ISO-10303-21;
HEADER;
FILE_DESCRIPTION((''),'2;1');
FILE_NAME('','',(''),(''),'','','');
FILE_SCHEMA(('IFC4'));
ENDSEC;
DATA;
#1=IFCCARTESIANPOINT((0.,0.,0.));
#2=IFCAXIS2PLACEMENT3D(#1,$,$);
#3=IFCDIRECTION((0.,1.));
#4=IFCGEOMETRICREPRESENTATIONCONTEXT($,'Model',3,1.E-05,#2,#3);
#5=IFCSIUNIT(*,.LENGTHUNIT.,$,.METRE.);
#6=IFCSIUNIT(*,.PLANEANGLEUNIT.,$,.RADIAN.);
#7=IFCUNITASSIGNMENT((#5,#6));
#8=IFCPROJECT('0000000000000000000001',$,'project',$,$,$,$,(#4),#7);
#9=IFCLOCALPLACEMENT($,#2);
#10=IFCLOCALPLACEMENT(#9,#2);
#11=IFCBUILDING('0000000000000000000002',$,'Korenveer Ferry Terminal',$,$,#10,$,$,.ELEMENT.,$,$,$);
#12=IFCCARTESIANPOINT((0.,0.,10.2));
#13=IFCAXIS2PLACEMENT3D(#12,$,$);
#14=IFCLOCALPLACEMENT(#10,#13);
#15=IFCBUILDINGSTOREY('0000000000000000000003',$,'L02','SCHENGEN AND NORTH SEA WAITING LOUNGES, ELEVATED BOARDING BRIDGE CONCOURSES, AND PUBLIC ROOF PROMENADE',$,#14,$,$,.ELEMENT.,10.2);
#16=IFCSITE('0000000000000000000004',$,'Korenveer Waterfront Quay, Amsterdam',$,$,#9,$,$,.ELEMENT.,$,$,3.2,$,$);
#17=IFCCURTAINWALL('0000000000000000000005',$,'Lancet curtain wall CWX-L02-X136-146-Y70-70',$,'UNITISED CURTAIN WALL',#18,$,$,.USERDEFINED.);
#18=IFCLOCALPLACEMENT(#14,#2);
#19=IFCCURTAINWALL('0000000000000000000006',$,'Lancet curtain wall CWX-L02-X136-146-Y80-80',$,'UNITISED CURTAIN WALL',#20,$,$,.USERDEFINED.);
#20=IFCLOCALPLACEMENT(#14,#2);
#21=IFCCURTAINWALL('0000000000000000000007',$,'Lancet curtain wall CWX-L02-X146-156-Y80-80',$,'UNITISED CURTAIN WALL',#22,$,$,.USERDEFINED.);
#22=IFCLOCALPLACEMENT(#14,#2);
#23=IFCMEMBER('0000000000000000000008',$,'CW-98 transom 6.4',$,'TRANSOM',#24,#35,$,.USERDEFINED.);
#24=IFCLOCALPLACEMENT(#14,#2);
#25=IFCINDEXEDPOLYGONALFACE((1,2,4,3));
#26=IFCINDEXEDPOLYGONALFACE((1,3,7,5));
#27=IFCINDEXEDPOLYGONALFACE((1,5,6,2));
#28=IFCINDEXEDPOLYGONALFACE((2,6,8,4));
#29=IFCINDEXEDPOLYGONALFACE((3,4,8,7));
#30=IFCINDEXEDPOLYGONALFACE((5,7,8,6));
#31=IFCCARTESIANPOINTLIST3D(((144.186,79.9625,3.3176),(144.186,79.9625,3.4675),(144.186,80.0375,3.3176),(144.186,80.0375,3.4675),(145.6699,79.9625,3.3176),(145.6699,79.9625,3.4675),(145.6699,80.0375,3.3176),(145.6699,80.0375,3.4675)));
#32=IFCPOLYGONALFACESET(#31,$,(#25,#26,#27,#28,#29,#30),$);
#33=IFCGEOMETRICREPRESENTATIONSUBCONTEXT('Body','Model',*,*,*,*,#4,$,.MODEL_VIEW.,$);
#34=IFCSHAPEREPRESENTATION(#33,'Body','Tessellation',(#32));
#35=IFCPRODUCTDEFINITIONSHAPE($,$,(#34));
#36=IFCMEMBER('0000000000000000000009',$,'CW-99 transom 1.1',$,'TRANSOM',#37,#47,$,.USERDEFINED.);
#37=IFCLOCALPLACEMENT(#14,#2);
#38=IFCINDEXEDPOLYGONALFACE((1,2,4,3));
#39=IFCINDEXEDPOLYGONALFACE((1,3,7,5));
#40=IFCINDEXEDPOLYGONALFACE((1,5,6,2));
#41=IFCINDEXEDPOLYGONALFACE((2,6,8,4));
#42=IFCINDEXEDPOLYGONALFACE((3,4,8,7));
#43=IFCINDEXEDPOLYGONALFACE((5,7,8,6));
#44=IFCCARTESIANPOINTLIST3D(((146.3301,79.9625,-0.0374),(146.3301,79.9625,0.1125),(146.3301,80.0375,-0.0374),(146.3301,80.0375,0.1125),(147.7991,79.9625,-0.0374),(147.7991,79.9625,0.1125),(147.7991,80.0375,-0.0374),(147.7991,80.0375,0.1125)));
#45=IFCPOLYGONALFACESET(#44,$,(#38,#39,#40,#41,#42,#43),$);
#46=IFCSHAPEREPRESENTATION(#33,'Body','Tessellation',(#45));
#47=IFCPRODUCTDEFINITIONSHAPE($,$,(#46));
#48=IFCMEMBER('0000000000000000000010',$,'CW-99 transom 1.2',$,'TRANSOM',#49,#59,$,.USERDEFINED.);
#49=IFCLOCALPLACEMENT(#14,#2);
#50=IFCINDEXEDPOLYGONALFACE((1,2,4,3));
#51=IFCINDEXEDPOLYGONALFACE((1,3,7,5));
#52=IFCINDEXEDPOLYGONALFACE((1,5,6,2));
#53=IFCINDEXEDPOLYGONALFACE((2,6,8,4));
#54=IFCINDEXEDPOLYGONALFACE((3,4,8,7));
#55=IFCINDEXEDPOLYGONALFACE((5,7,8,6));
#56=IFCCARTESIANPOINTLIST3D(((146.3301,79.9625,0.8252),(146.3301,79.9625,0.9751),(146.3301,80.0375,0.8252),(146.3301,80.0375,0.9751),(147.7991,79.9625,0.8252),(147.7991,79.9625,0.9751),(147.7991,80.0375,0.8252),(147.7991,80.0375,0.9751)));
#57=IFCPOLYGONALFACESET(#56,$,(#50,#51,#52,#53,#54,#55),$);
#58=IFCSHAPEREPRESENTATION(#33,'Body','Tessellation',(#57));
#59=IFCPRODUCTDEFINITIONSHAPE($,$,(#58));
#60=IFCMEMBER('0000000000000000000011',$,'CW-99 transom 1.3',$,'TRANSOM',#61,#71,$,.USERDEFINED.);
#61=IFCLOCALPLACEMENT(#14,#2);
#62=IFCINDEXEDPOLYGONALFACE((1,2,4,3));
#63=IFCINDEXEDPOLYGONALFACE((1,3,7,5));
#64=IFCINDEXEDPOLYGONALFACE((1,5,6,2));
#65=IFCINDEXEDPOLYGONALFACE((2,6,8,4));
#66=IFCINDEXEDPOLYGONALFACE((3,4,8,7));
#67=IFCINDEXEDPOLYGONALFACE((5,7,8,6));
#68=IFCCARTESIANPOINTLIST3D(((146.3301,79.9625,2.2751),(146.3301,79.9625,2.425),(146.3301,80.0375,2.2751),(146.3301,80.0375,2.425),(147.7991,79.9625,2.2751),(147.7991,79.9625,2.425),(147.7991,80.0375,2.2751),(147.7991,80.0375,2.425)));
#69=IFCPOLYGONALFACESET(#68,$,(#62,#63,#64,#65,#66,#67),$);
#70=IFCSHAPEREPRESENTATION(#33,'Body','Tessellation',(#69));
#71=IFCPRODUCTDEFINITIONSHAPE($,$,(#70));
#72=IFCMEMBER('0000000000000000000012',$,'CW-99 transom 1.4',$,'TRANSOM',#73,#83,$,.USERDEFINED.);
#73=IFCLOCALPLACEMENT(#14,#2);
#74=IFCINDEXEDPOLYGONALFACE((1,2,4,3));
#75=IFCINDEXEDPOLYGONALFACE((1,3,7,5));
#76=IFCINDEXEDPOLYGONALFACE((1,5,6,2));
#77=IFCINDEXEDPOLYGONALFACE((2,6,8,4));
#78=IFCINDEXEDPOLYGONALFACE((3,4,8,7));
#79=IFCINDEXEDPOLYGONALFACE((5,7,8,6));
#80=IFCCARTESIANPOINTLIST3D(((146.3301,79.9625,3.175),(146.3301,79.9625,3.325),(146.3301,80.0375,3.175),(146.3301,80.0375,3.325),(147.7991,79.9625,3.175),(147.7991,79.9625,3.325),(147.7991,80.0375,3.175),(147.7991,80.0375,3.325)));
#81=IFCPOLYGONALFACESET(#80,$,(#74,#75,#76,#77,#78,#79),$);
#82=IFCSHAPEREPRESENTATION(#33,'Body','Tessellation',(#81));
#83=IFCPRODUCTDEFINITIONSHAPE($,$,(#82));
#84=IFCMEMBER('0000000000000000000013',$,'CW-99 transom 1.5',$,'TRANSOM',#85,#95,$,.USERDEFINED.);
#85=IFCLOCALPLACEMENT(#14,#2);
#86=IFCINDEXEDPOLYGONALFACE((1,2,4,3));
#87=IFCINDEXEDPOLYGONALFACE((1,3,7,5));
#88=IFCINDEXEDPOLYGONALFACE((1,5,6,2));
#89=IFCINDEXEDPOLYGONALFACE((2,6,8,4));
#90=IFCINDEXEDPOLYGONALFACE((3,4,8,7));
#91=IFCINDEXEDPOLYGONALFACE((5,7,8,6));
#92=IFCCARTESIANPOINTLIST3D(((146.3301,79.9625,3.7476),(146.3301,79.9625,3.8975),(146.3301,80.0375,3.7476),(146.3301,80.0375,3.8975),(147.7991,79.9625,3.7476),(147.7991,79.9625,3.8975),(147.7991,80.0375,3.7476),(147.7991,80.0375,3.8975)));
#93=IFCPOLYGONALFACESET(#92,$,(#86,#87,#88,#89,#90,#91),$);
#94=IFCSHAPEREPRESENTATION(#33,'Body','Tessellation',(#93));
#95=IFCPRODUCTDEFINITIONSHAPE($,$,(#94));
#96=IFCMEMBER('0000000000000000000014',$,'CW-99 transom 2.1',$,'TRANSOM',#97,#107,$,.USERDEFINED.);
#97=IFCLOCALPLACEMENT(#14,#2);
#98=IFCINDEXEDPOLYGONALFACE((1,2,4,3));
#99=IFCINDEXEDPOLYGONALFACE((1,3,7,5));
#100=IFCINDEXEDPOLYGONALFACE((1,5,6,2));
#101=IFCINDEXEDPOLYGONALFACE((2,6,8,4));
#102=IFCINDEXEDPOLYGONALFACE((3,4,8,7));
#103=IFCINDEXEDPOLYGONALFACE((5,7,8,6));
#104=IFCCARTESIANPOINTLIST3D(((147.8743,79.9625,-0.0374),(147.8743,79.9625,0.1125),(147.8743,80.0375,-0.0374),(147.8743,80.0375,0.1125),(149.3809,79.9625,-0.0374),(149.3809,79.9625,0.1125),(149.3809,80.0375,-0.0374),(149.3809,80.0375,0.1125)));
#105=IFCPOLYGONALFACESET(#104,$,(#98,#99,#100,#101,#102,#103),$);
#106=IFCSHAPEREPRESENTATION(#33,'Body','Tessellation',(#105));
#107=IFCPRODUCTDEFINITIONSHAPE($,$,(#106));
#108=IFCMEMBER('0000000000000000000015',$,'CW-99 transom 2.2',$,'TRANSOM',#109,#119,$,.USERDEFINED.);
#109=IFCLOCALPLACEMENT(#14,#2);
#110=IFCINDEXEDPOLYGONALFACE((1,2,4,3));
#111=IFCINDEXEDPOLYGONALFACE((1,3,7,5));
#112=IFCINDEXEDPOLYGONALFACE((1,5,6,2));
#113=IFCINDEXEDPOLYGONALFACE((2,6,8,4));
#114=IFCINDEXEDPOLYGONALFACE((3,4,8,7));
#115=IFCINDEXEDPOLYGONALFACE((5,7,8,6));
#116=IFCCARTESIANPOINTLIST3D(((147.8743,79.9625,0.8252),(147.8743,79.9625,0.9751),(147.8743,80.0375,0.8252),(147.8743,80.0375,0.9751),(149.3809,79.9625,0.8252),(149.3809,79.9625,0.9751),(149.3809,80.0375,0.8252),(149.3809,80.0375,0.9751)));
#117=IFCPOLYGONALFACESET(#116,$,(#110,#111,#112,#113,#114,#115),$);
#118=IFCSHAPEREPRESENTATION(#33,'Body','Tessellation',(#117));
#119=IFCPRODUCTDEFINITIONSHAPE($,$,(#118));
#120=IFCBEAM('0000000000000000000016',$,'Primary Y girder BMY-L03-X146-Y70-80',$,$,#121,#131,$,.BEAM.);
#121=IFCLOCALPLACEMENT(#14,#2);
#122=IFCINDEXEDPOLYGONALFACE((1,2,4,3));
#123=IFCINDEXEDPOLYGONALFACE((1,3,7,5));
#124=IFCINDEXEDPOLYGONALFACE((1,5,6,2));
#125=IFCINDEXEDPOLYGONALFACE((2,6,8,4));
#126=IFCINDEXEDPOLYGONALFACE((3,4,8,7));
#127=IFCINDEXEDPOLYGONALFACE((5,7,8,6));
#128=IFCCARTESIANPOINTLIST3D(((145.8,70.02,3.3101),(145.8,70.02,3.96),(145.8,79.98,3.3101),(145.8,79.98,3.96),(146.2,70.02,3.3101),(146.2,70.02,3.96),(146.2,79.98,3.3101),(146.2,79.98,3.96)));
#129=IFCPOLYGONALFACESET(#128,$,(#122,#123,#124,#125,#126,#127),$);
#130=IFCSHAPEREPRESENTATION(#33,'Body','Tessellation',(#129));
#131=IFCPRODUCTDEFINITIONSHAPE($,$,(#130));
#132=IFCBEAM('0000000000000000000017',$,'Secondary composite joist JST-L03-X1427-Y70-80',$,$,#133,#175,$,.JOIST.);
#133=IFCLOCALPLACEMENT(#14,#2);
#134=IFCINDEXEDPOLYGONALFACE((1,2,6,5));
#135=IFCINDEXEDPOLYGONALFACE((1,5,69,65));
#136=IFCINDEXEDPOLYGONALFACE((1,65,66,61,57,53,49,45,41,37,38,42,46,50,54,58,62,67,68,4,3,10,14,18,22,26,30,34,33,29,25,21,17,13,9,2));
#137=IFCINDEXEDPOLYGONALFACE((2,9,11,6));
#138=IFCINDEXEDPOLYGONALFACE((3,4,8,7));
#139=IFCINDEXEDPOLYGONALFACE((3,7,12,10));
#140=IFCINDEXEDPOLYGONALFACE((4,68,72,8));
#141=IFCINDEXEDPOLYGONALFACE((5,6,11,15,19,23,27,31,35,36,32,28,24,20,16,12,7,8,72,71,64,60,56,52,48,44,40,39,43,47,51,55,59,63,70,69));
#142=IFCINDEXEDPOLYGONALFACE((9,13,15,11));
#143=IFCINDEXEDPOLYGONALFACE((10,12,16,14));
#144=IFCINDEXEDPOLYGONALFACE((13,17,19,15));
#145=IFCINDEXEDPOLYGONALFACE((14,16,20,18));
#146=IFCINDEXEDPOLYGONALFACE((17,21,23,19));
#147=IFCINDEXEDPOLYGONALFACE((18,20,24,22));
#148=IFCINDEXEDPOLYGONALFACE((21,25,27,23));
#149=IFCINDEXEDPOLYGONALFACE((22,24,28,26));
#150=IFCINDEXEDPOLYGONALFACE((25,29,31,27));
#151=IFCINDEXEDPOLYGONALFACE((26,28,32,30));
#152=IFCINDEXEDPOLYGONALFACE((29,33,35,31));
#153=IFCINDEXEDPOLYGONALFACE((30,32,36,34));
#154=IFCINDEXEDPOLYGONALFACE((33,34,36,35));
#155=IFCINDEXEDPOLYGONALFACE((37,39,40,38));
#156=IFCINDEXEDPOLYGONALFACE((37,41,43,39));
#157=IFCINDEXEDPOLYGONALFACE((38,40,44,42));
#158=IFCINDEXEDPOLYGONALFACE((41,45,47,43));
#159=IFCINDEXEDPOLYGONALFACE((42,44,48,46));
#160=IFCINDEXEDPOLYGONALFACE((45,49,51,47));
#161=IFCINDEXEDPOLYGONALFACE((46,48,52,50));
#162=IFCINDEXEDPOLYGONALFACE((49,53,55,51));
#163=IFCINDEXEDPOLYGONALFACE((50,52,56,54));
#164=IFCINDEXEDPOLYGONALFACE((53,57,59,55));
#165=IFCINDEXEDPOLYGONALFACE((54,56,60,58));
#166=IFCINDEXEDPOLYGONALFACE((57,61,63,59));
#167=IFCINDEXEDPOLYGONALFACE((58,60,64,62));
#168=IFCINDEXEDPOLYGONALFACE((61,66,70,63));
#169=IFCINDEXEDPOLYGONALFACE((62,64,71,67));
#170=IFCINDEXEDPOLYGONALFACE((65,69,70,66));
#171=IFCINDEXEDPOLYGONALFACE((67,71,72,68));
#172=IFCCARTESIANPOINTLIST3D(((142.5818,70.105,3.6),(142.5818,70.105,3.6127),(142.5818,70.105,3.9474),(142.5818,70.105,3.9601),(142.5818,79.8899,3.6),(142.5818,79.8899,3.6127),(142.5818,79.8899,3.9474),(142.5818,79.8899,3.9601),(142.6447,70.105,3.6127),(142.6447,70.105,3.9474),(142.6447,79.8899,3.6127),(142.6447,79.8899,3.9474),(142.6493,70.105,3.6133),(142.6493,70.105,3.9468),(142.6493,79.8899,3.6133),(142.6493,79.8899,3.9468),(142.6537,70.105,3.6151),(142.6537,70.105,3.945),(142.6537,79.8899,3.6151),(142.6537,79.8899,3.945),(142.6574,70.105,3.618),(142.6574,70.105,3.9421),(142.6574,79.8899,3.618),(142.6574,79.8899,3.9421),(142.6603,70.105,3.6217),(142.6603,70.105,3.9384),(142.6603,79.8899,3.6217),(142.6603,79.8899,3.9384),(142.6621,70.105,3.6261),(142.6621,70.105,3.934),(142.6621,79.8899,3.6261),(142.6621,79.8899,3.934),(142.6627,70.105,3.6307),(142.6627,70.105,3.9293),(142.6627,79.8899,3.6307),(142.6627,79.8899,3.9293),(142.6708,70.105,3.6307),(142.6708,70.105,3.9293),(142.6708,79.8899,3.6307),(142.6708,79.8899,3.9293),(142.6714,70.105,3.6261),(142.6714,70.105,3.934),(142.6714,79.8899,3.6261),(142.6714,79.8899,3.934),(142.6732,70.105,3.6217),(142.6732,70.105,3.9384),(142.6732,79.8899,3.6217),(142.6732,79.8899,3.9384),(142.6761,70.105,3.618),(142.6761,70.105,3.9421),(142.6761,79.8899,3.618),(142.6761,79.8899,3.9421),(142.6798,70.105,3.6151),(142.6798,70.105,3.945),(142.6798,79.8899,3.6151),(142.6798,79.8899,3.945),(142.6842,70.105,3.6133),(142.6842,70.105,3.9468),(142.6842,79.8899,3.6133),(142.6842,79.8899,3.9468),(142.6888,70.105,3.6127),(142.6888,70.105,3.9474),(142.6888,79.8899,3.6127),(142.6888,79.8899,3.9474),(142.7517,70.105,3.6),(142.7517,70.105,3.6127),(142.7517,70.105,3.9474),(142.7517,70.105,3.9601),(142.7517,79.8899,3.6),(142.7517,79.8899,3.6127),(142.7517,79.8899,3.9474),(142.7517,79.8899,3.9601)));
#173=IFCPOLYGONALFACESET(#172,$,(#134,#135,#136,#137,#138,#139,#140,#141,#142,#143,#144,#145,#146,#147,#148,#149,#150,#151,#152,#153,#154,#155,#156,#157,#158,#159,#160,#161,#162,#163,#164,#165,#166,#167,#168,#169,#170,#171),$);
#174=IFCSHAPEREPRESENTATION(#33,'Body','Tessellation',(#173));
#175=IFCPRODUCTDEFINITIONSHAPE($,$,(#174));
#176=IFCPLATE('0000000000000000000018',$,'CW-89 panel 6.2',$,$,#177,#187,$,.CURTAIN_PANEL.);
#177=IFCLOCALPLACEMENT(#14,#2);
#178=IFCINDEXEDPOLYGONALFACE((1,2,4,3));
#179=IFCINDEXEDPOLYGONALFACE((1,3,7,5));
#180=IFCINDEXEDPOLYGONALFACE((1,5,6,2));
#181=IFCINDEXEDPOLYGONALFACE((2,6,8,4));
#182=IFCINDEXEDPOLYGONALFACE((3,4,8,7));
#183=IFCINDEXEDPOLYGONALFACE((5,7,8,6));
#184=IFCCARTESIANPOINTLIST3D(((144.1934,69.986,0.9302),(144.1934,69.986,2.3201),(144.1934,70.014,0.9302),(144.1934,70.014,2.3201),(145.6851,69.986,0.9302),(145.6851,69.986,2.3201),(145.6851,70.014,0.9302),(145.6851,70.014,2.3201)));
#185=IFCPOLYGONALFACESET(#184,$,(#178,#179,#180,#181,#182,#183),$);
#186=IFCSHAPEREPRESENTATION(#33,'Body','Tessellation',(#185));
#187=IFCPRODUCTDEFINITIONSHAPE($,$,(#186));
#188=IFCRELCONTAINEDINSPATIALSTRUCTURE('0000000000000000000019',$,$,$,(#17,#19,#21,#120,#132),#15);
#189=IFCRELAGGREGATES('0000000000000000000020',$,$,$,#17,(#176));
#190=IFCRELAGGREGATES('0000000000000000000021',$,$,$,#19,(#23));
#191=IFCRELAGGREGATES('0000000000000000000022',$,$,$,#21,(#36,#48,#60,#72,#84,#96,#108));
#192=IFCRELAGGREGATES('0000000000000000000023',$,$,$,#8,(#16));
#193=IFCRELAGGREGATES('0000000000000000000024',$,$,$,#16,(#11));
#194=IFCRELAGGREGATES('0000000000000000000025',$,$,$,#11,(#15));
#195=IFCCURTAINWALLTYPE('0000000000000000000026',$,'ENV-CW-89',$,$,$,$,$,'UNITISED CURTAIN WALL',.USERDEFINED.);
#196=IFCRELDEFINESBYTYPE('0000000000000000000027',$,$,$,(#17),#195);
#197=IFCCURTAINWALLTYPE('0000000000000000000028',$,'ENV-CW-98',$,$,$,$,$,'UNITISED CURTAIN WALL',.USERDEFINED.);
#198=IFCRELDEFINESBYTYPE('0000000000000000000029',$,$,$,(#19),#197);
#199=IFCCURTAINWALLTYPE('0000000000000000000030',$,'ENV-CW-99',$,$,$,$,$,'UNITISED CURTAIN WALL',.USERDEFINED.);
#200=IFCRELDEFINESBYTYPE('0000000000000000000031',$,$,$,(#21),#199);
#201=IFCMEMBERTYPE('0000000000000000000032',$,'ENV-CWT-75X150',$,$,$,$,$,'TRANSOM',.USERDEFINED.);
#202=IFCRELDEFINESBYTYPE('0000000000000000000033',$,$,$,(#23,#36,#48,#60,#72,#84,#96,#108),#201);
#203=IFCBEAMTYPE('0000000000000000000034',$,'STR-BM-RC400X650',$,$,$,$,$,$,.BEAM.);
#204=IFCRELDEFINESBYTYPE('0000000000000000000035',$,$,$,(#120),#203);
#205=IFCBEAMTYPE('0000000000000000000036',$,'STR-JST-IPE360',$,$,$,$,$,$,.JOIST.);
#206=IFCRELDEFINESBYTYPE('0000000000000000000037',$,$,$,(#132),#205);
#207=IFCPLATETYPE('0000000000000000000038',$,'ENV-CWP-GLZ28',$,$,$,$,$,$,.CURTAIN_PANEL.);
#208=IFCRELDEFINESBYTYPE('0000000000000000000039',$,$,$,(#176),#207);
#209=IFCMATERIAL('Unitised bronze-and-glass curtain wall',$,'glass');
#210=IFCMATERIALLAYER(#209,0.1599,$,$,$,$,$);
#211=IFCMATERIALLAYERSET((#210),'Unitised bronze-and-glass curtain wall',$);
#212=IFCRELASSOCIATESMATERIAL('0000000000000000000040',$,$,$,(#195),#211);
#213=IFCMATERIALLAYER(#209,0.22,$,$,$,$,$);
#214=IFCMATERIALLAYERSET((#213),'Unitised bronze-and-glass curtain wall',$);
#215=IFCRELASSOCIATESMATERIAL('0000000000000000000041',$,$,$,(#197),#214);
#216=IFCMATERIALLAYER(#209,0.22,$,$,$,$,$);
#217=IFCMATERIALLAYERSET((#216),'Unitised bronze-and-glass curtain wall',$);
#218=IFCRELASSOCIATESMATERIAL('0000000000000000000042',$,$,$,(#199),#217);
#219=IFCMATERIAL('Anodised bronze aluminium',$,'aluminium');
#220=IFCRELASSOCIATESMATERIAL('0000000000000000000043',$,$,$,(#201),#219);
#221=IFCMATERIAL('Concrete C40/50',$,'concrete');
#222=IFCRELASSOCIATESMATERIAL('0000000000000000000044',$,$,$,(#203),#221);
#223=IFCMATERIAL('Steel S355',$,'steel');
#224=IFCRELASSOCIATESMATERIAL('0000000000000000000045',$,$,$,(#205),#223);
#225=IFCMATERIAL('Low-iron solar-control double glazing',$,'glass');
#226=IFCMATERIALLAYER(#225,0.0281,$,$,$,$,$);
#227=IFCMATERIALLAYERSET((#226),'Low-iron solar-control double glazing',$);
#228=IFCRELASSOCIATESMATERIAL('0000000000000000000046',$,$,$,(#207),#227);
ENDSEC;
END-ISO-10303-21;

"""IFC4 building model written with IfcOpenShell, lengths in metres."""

from ifc_helpers import new_model, si_unit, direction, frame, origin, origin_2d, place, context, subcontext, project, spatial, rectangle, i_section, extrude, material, layer, layer_set, material_profile, profile_set, type_object, element, aggregate, save


model = new_model("IFC4")

# Units and contexts
model_context = context("Model", 3, precision=1e-05, world=origin(), true_north=direction((0.0, 1.0)))
body_context = subcontext(model_context, "Body", "Model", "MODEL_VIEW")
ifc_project = project(units=[si_unit("LENGTHUNIT", "METRE"), si_unit("PLANEANGLEUNIT", "RADIAN")], contexts=[model_context])

# Site, building, storey
site_placement = place(None, origin())
site = spatial("IfcSite", under=ifc_project, at=site_placement, Name="Korenveer Waterfront Quay, Amsterdam", CompositionType="ELEMENT", RefElevation=3.2)
building_placement = place(site_placement, origin())
building = spatial("IfcBuilding", under=site, at=building_placement, Name="Korenveer Ferry Terminal", CompositionType="ELEMENT")
storey_placement = place(building_placement, frame((0.0, 0.0, 10.2)))
storey = spatial("IfcBuildingStorey", under=building, at=storey_placement, Name="L02", Description="SCHENGEN AND NORTH SEA WAITING LOUNGES, ELEVATED BOARDING BRIDGE CONCOURSES, AND PUBLIC ROOF PROMENADE", CompositionType="ELEMENT", Elevation=10.2)

# Curtain wall
ifc_material_1 = material(Name="Unitised bronze-and-glass curtain wall", Category="glass")
ifc_layer_1 = layer(ifc_material_1, 0.1599)
ifc_layer_set_1 = layer_set([ifc_layer_1], Name="Unitised bronze-and-glass curtain wall")
curtain_wall_type_1 = type_object("IfcCurtainWallType", Name="ENV-CW-89", ElementType="UNITISED CURTAIN WALL", PredefinedType="USERDEFINED", material=ifc_layer_set_1)
curtain_wall_1_placement = place(storey_placement, frame((136.2549, 70.0, 0.0)))
curtain_wall_1 = element("IfcCurtainWall", 1, at=curtain_wall_1_placement, inside=storey, type_object=curtain_wall_type_1, Name="Lancet curtain wall CWX-L02-X136-146-Y70-70", ObjectType="UNITISED CURTAIN WALL", PredefinedType="USERDEFINED")
ifc_material_2 = material(Name="Anodised bronze aluminium", Category="aluminium")

# Curtain walls
ifc_layer_2 = layer(ifc_material_1, 0.22)
ifc_layer_set_2 = layer_set([ifc_layer_2], Name="Unitised bronze-and-glass curtain wall")
curtain_wall_type_2 = type_object("IfcCurtainWallType", Name="ENV-CW-98", ElementType="UNITISED CURTAIN WALL", PredefinedType="USERDEFINED", material=ifc_layer_set_2)
curtain_wall_2_placement = place(storey_placement, frame((136.1665, 80.0, 0.0)))
curtain_wall_2 = element("IfcCurtainWall", 2, at=curtain_wall_2_placement, inside=storey, type_object=curtain_wall_type_2, Name="Lancet curtain wall CWX-L02-X136-146-Y80-80", ObjectType="UNITISED CURTAIN WALL", PredefinedType="USERDEFINED")
ifc_layer_3 = layer(ifc_material_1, 0.22)
ifc_layer_set_3 = layer_set([ifc_layer_3], Name="Unitised bronze-and-glass curtain wall")
curtain_wall_type_3 = type_object("IfcCurtainWallType", Name="ENV-CW-99", ElementType="UNITISED CURTAIN WALL", PredefinedType="USERDEFINED", material=ifc_layer_set_3)
curtain_wall_3_placement = place(storey_placement, frame((146.2549, 80.0, 0.0)))
curtain_wall_3 = element("IfcCurtainWall", 3, at=curtain_wall_3_placement, inside=storey, type_object=curtain_wall_type_3, Name="Lancet curtain wall CWX-L02-X146-156-Y80-80", ObjectType="UNITISED CURTAIN WALL", PredefinedType="USERDEFINED")

# Members
ifc_material_profile_1 = material_profile(ifc_material_2, rectangle(XDim=0.075, YDim=0.1499, at=origin_2d()), Name="ALU 75x150")
ifc_profile_set_1 = profile_set([ifc_material_profile_1], Name="Anodised bronze aluminium")
member_type_1 = type_object("IfcMemberType", Name="ENV-CWT-75X150", ElementType="TRANSOM", PredefinedType="USERDEFINED", material=ifc_profile_set_1)
member_1_placement = place(storey_placement, frame((144.186, 80.0, 3.3926), z_axis=(1.0, 0.0, 0.0), x_axis=(0.0, 1.0, 0.0)))
member_1 = element("IfcMember", 4, at=member_1_placement, type_object=member_type_1, Name="CW-98 transom 6.4", ObjectType="TRANSOM", PredefinedType="USERDEFINED", context=body_context, shape_type="SweptSolid", body=[
    extrude(rectangle(XDim=0.075, YDim=0.1499, at=origin_2d()), origin(), (0.0, 0.0, 1.0), 1.4839),
])
member_2_placement = place(storey_placement, frame((146.3301, 80.0, 0.0376), z_axis=(1.0, 0.0, 0.0), x_axis=(0.0, 1.0, 0.0)))
member_2 = element("IfcMember", 5, at=member_2_placement, type_object=member_type_1, Name="CW-99 transom 1.1", ObjectType="TRANSOM", PredefinedType="USERDEFINED", context=body_context, shape_type="SweptSolid", body=[
    extrude(rectangle(XDim=0.075, YDim=0.1499, at=origin_2d()), origin(), (0.0, 0.0, 1.0), 1.469),
])
member_3_placement = place(storey_placement, frame((146.3301, 80.0, 0.9001), z_axis=(1.0, 0.0, 0.0), x_axis=(0.0, 1.0, 0.0)))
member_3 = element("IfcMember", 6, at=member_3_placement, type_object=member_type_1, Name="CW-99 transom 1.2", ObjectType="TRANSOM", PredefinedType="USERDEFINED", context=body_context, shape_type="SweptSolid", body=[
    extrude(rectangle(XDim=0.075, YDim=0.1499, at=origin_2d()), origin(), (0.0, 0.0, 1.0), 1.469),
])
member_4_placement = place(storey_placement, frame((146.3301, 80.0, 2.3501), z_axis=(1.0, 0.0, 0.0), x_axis=(0.0, 1.0, 0.0)))
member_4 = element("IfcMember", 7, at=member_4_placement, type_object=member_type_1, Name="CW-99 transom 1.3", ObjectType="TRANSOM", PredefinedType="USERDEFINED", context=body_context, shape_type="SweptSolid", body=[
    extrude(rectangle(XDim=0.075, YDim=0.1499, at=origin_2d()), origin(), (0.0, 0.0, 1.0), 1.469),
])
member_5_placement = place(storey_placement, frame((146.3301, 80.0, 3.25), z_axis=(1.0, 0.0, 0.0), x_axis=(0.0, 1.0, 0.0)))
member_5 = element("IfcMember", 8, at=member_5_placement, type_object=member_type_1, Name="CW-99 transom 1.4", ObjectType="TRANSOM", PredefinedType="USERDEFINED", context=body_context, shape_type="SweptSolid", body=[
    extrude(rectangle(XDim=0.075, YDim=0.1499, at=origin_2d()), origin(), (0.0, 0.0, 1.0), 1.469),
])
member_6_placement = place(storey_placement, frame((146.3301, 80.0, 3.8225), z_axis=(1.0, 0.0, 0.0), x_axis=(0.0, 1.0, 0.0)))
member_6 = element("IfcMember", 9, at=member_6_placement, type_object=member_type_1, Name="CW-99 transom 1.5", ObjectType="TRANSOM", PredefinedType="USERDEFINED", context=body_context, shape_type="SweptSolid", body=[
    extrude(rectangle(XDim=0.075, YDim=0.1499, at=origin_2d()), origin(), (0.0, 0.0, 1.0), 1.469),
])
member_7_placement = place(storey_placement, frame((147.8743, 80.0, 0.0376), z_axis=(1.0, 0.0, 0.0), x_axis=(0.0, 1.0, 0.0)))
member_7 = element("IfcMember", 10, at=member_7_placement, type_object=member_type_1, Name="CW-99 transom 2.1", ObjectType="TRANSOM", PredefinedType="USERDEFINED", context=body_context, shape_type="SweptSolid", body=[
    extrude(rectangle(XDim=0.075, YDim=0.1499, at=origin_2d()), origin(), (0.0, 0.0, 1.0), 1.5066),
])
member_8_placement = place(storey_placement, frame((147.8743, 80.0, 0.9001), z_axis=(1.0, 0.0, 0.0), x_axis=(0.0, 1.0, 0.0)))
member_8 = element("IfcMember", 11, at=member_8_placement, type_object=member_type_1, Name="CW-99 transom 2.2", ObjectType="TRANSOM", PredefinedType="USERDEFINED", context=body_context, shape_type="SweptSolid", body=[
    extrude(rectangle(XDim=0.075, YDim=0.1499, at=origin_2d()), origin(), (0.0, 0.0, 1.0), 1.5066),
])

# Beams
ifc_material_3 = material(Name="Concrete C40/50", Category="concrete")
ifc_material_profile_2 = material_profile(ifc_material_3, rectangle(XDim=0.3999, YDim=0.6499, at=origin_2d()), Name="RC 400x650")
ifc_profile_set_2 = profile_set([ifc_material_profile_2], Name="Concrete C40/50")
beam_type_1 = type_object("IfcBeamType", Name="STR-BM-RC400X650", PredefinedType="BEAM", material=ifc_profile_set_2)
beam_1_placement = place(storey_placement, frame((146.0, 70.02, 3.635), z_axis=(0.0, 1.0, 0.0), x_axis=(-1.0, 0.0, 0.0)))
element("IfcBeam", 12, at=beam_1_placement, inside=storey, type_object=beam_type_1, Name="Primary Y girder BMY-L03-X146-Y70-80", PredefinedType="BEAM", context=body_context, shape_type="SweptSolid", body=[
    extrude(rectangle(XDim=0.3999, YDim=0.6499, at=origin_2d()), origin(), (0.0, 0.0, 1.0), 9.96),
])
ifc_material_4 = material(Name="Steel S355", Category="steel")
ifc_material_profile_3 = material_profile(ifc_material_4, i_section(OverallWidth=0.1699, OverallDepth=0.3601, WebThickness=0.0081, FlangeThickness=0.0127, FilletRadius=0.0181, at=origin_2d()), Name="IPE 360")
ifc_profile_set_3 = profile_set([ifc_material_profile_3], Name="Steel S355")
beam_type_2 = type_object("IfcBeamType", Name="STR-JST-IPE360", PredefinedType="JOIST", material=ifc_profile_set_3)
beam_2_placement = place(storey_placement, frame((142.6667, 70.105, 3.78), z_axis=(0.0, 1.0, 0.0), x_axis=(-1.0, 0.0, 0.0)))
element("IfcBeam", 13, at=beam_2_placement, inside=storey, type_object=beam_type_2, Name="Secondary composite joist JST-L03-X1427-Y70-80", PredefinedType="JOIST", context=body_context, shape_type="SweptSolid", body=[
    extrude(i_section(OverallWidth=0.1699, OverallDepth=0.3601, WebThickness=0.0081, FlangeThickness=0.0127, FilletRadius=0.0181, at=origin_2d()), origin(), (0.0, 0.0, 1.0), 9.7849),
])

# Plate
ifc_material_5 = material(Name="Low-iron solar-control double glazing", Category="glass")
ifc_layer_4 = layer(ifc_material_5, 0.0281)
ifc_layer_set_4 = layer_set([ifc_layer_4], Name="Low-iron solar-control double glazing")
plate_type_1 = type_object("IfcPlateType", Name="ENV-CWP-GLZ28", PredefinedType="CURTAIN_PANEL", material=ifc_layer_set_4)
plate_1_placement = place(storey_placement, frame((144.9392, 70.0, 0.9302), z_axis=(0.0, 0.0, 1.0), x_axis=(1.0, 0.0, 0.0)))
plate_1 = element("IfcPlate", 14, at=plate_1_placement, type_object=plate_type_1, Name="CW-89 panel 6.2", PredefinedType="CURTAIN_PANEL", context=body_context, shape_type="SweptSolid", body=[
    extrude(rectangle(XDim=1.4917, YDim=0.0281, at=origin_2d()), origin(), (0.0, 0.0, 1.0), 1.3899),
])
aggregate(curtain_wall_1, [plate_1])
aggregate(curtain_wall_2, [member_1])
aggregate(curtain_wall_3, [member_2, member_3, member_4, member_5, member_6, member_7, member_8])

save(model, "model.ifc")
